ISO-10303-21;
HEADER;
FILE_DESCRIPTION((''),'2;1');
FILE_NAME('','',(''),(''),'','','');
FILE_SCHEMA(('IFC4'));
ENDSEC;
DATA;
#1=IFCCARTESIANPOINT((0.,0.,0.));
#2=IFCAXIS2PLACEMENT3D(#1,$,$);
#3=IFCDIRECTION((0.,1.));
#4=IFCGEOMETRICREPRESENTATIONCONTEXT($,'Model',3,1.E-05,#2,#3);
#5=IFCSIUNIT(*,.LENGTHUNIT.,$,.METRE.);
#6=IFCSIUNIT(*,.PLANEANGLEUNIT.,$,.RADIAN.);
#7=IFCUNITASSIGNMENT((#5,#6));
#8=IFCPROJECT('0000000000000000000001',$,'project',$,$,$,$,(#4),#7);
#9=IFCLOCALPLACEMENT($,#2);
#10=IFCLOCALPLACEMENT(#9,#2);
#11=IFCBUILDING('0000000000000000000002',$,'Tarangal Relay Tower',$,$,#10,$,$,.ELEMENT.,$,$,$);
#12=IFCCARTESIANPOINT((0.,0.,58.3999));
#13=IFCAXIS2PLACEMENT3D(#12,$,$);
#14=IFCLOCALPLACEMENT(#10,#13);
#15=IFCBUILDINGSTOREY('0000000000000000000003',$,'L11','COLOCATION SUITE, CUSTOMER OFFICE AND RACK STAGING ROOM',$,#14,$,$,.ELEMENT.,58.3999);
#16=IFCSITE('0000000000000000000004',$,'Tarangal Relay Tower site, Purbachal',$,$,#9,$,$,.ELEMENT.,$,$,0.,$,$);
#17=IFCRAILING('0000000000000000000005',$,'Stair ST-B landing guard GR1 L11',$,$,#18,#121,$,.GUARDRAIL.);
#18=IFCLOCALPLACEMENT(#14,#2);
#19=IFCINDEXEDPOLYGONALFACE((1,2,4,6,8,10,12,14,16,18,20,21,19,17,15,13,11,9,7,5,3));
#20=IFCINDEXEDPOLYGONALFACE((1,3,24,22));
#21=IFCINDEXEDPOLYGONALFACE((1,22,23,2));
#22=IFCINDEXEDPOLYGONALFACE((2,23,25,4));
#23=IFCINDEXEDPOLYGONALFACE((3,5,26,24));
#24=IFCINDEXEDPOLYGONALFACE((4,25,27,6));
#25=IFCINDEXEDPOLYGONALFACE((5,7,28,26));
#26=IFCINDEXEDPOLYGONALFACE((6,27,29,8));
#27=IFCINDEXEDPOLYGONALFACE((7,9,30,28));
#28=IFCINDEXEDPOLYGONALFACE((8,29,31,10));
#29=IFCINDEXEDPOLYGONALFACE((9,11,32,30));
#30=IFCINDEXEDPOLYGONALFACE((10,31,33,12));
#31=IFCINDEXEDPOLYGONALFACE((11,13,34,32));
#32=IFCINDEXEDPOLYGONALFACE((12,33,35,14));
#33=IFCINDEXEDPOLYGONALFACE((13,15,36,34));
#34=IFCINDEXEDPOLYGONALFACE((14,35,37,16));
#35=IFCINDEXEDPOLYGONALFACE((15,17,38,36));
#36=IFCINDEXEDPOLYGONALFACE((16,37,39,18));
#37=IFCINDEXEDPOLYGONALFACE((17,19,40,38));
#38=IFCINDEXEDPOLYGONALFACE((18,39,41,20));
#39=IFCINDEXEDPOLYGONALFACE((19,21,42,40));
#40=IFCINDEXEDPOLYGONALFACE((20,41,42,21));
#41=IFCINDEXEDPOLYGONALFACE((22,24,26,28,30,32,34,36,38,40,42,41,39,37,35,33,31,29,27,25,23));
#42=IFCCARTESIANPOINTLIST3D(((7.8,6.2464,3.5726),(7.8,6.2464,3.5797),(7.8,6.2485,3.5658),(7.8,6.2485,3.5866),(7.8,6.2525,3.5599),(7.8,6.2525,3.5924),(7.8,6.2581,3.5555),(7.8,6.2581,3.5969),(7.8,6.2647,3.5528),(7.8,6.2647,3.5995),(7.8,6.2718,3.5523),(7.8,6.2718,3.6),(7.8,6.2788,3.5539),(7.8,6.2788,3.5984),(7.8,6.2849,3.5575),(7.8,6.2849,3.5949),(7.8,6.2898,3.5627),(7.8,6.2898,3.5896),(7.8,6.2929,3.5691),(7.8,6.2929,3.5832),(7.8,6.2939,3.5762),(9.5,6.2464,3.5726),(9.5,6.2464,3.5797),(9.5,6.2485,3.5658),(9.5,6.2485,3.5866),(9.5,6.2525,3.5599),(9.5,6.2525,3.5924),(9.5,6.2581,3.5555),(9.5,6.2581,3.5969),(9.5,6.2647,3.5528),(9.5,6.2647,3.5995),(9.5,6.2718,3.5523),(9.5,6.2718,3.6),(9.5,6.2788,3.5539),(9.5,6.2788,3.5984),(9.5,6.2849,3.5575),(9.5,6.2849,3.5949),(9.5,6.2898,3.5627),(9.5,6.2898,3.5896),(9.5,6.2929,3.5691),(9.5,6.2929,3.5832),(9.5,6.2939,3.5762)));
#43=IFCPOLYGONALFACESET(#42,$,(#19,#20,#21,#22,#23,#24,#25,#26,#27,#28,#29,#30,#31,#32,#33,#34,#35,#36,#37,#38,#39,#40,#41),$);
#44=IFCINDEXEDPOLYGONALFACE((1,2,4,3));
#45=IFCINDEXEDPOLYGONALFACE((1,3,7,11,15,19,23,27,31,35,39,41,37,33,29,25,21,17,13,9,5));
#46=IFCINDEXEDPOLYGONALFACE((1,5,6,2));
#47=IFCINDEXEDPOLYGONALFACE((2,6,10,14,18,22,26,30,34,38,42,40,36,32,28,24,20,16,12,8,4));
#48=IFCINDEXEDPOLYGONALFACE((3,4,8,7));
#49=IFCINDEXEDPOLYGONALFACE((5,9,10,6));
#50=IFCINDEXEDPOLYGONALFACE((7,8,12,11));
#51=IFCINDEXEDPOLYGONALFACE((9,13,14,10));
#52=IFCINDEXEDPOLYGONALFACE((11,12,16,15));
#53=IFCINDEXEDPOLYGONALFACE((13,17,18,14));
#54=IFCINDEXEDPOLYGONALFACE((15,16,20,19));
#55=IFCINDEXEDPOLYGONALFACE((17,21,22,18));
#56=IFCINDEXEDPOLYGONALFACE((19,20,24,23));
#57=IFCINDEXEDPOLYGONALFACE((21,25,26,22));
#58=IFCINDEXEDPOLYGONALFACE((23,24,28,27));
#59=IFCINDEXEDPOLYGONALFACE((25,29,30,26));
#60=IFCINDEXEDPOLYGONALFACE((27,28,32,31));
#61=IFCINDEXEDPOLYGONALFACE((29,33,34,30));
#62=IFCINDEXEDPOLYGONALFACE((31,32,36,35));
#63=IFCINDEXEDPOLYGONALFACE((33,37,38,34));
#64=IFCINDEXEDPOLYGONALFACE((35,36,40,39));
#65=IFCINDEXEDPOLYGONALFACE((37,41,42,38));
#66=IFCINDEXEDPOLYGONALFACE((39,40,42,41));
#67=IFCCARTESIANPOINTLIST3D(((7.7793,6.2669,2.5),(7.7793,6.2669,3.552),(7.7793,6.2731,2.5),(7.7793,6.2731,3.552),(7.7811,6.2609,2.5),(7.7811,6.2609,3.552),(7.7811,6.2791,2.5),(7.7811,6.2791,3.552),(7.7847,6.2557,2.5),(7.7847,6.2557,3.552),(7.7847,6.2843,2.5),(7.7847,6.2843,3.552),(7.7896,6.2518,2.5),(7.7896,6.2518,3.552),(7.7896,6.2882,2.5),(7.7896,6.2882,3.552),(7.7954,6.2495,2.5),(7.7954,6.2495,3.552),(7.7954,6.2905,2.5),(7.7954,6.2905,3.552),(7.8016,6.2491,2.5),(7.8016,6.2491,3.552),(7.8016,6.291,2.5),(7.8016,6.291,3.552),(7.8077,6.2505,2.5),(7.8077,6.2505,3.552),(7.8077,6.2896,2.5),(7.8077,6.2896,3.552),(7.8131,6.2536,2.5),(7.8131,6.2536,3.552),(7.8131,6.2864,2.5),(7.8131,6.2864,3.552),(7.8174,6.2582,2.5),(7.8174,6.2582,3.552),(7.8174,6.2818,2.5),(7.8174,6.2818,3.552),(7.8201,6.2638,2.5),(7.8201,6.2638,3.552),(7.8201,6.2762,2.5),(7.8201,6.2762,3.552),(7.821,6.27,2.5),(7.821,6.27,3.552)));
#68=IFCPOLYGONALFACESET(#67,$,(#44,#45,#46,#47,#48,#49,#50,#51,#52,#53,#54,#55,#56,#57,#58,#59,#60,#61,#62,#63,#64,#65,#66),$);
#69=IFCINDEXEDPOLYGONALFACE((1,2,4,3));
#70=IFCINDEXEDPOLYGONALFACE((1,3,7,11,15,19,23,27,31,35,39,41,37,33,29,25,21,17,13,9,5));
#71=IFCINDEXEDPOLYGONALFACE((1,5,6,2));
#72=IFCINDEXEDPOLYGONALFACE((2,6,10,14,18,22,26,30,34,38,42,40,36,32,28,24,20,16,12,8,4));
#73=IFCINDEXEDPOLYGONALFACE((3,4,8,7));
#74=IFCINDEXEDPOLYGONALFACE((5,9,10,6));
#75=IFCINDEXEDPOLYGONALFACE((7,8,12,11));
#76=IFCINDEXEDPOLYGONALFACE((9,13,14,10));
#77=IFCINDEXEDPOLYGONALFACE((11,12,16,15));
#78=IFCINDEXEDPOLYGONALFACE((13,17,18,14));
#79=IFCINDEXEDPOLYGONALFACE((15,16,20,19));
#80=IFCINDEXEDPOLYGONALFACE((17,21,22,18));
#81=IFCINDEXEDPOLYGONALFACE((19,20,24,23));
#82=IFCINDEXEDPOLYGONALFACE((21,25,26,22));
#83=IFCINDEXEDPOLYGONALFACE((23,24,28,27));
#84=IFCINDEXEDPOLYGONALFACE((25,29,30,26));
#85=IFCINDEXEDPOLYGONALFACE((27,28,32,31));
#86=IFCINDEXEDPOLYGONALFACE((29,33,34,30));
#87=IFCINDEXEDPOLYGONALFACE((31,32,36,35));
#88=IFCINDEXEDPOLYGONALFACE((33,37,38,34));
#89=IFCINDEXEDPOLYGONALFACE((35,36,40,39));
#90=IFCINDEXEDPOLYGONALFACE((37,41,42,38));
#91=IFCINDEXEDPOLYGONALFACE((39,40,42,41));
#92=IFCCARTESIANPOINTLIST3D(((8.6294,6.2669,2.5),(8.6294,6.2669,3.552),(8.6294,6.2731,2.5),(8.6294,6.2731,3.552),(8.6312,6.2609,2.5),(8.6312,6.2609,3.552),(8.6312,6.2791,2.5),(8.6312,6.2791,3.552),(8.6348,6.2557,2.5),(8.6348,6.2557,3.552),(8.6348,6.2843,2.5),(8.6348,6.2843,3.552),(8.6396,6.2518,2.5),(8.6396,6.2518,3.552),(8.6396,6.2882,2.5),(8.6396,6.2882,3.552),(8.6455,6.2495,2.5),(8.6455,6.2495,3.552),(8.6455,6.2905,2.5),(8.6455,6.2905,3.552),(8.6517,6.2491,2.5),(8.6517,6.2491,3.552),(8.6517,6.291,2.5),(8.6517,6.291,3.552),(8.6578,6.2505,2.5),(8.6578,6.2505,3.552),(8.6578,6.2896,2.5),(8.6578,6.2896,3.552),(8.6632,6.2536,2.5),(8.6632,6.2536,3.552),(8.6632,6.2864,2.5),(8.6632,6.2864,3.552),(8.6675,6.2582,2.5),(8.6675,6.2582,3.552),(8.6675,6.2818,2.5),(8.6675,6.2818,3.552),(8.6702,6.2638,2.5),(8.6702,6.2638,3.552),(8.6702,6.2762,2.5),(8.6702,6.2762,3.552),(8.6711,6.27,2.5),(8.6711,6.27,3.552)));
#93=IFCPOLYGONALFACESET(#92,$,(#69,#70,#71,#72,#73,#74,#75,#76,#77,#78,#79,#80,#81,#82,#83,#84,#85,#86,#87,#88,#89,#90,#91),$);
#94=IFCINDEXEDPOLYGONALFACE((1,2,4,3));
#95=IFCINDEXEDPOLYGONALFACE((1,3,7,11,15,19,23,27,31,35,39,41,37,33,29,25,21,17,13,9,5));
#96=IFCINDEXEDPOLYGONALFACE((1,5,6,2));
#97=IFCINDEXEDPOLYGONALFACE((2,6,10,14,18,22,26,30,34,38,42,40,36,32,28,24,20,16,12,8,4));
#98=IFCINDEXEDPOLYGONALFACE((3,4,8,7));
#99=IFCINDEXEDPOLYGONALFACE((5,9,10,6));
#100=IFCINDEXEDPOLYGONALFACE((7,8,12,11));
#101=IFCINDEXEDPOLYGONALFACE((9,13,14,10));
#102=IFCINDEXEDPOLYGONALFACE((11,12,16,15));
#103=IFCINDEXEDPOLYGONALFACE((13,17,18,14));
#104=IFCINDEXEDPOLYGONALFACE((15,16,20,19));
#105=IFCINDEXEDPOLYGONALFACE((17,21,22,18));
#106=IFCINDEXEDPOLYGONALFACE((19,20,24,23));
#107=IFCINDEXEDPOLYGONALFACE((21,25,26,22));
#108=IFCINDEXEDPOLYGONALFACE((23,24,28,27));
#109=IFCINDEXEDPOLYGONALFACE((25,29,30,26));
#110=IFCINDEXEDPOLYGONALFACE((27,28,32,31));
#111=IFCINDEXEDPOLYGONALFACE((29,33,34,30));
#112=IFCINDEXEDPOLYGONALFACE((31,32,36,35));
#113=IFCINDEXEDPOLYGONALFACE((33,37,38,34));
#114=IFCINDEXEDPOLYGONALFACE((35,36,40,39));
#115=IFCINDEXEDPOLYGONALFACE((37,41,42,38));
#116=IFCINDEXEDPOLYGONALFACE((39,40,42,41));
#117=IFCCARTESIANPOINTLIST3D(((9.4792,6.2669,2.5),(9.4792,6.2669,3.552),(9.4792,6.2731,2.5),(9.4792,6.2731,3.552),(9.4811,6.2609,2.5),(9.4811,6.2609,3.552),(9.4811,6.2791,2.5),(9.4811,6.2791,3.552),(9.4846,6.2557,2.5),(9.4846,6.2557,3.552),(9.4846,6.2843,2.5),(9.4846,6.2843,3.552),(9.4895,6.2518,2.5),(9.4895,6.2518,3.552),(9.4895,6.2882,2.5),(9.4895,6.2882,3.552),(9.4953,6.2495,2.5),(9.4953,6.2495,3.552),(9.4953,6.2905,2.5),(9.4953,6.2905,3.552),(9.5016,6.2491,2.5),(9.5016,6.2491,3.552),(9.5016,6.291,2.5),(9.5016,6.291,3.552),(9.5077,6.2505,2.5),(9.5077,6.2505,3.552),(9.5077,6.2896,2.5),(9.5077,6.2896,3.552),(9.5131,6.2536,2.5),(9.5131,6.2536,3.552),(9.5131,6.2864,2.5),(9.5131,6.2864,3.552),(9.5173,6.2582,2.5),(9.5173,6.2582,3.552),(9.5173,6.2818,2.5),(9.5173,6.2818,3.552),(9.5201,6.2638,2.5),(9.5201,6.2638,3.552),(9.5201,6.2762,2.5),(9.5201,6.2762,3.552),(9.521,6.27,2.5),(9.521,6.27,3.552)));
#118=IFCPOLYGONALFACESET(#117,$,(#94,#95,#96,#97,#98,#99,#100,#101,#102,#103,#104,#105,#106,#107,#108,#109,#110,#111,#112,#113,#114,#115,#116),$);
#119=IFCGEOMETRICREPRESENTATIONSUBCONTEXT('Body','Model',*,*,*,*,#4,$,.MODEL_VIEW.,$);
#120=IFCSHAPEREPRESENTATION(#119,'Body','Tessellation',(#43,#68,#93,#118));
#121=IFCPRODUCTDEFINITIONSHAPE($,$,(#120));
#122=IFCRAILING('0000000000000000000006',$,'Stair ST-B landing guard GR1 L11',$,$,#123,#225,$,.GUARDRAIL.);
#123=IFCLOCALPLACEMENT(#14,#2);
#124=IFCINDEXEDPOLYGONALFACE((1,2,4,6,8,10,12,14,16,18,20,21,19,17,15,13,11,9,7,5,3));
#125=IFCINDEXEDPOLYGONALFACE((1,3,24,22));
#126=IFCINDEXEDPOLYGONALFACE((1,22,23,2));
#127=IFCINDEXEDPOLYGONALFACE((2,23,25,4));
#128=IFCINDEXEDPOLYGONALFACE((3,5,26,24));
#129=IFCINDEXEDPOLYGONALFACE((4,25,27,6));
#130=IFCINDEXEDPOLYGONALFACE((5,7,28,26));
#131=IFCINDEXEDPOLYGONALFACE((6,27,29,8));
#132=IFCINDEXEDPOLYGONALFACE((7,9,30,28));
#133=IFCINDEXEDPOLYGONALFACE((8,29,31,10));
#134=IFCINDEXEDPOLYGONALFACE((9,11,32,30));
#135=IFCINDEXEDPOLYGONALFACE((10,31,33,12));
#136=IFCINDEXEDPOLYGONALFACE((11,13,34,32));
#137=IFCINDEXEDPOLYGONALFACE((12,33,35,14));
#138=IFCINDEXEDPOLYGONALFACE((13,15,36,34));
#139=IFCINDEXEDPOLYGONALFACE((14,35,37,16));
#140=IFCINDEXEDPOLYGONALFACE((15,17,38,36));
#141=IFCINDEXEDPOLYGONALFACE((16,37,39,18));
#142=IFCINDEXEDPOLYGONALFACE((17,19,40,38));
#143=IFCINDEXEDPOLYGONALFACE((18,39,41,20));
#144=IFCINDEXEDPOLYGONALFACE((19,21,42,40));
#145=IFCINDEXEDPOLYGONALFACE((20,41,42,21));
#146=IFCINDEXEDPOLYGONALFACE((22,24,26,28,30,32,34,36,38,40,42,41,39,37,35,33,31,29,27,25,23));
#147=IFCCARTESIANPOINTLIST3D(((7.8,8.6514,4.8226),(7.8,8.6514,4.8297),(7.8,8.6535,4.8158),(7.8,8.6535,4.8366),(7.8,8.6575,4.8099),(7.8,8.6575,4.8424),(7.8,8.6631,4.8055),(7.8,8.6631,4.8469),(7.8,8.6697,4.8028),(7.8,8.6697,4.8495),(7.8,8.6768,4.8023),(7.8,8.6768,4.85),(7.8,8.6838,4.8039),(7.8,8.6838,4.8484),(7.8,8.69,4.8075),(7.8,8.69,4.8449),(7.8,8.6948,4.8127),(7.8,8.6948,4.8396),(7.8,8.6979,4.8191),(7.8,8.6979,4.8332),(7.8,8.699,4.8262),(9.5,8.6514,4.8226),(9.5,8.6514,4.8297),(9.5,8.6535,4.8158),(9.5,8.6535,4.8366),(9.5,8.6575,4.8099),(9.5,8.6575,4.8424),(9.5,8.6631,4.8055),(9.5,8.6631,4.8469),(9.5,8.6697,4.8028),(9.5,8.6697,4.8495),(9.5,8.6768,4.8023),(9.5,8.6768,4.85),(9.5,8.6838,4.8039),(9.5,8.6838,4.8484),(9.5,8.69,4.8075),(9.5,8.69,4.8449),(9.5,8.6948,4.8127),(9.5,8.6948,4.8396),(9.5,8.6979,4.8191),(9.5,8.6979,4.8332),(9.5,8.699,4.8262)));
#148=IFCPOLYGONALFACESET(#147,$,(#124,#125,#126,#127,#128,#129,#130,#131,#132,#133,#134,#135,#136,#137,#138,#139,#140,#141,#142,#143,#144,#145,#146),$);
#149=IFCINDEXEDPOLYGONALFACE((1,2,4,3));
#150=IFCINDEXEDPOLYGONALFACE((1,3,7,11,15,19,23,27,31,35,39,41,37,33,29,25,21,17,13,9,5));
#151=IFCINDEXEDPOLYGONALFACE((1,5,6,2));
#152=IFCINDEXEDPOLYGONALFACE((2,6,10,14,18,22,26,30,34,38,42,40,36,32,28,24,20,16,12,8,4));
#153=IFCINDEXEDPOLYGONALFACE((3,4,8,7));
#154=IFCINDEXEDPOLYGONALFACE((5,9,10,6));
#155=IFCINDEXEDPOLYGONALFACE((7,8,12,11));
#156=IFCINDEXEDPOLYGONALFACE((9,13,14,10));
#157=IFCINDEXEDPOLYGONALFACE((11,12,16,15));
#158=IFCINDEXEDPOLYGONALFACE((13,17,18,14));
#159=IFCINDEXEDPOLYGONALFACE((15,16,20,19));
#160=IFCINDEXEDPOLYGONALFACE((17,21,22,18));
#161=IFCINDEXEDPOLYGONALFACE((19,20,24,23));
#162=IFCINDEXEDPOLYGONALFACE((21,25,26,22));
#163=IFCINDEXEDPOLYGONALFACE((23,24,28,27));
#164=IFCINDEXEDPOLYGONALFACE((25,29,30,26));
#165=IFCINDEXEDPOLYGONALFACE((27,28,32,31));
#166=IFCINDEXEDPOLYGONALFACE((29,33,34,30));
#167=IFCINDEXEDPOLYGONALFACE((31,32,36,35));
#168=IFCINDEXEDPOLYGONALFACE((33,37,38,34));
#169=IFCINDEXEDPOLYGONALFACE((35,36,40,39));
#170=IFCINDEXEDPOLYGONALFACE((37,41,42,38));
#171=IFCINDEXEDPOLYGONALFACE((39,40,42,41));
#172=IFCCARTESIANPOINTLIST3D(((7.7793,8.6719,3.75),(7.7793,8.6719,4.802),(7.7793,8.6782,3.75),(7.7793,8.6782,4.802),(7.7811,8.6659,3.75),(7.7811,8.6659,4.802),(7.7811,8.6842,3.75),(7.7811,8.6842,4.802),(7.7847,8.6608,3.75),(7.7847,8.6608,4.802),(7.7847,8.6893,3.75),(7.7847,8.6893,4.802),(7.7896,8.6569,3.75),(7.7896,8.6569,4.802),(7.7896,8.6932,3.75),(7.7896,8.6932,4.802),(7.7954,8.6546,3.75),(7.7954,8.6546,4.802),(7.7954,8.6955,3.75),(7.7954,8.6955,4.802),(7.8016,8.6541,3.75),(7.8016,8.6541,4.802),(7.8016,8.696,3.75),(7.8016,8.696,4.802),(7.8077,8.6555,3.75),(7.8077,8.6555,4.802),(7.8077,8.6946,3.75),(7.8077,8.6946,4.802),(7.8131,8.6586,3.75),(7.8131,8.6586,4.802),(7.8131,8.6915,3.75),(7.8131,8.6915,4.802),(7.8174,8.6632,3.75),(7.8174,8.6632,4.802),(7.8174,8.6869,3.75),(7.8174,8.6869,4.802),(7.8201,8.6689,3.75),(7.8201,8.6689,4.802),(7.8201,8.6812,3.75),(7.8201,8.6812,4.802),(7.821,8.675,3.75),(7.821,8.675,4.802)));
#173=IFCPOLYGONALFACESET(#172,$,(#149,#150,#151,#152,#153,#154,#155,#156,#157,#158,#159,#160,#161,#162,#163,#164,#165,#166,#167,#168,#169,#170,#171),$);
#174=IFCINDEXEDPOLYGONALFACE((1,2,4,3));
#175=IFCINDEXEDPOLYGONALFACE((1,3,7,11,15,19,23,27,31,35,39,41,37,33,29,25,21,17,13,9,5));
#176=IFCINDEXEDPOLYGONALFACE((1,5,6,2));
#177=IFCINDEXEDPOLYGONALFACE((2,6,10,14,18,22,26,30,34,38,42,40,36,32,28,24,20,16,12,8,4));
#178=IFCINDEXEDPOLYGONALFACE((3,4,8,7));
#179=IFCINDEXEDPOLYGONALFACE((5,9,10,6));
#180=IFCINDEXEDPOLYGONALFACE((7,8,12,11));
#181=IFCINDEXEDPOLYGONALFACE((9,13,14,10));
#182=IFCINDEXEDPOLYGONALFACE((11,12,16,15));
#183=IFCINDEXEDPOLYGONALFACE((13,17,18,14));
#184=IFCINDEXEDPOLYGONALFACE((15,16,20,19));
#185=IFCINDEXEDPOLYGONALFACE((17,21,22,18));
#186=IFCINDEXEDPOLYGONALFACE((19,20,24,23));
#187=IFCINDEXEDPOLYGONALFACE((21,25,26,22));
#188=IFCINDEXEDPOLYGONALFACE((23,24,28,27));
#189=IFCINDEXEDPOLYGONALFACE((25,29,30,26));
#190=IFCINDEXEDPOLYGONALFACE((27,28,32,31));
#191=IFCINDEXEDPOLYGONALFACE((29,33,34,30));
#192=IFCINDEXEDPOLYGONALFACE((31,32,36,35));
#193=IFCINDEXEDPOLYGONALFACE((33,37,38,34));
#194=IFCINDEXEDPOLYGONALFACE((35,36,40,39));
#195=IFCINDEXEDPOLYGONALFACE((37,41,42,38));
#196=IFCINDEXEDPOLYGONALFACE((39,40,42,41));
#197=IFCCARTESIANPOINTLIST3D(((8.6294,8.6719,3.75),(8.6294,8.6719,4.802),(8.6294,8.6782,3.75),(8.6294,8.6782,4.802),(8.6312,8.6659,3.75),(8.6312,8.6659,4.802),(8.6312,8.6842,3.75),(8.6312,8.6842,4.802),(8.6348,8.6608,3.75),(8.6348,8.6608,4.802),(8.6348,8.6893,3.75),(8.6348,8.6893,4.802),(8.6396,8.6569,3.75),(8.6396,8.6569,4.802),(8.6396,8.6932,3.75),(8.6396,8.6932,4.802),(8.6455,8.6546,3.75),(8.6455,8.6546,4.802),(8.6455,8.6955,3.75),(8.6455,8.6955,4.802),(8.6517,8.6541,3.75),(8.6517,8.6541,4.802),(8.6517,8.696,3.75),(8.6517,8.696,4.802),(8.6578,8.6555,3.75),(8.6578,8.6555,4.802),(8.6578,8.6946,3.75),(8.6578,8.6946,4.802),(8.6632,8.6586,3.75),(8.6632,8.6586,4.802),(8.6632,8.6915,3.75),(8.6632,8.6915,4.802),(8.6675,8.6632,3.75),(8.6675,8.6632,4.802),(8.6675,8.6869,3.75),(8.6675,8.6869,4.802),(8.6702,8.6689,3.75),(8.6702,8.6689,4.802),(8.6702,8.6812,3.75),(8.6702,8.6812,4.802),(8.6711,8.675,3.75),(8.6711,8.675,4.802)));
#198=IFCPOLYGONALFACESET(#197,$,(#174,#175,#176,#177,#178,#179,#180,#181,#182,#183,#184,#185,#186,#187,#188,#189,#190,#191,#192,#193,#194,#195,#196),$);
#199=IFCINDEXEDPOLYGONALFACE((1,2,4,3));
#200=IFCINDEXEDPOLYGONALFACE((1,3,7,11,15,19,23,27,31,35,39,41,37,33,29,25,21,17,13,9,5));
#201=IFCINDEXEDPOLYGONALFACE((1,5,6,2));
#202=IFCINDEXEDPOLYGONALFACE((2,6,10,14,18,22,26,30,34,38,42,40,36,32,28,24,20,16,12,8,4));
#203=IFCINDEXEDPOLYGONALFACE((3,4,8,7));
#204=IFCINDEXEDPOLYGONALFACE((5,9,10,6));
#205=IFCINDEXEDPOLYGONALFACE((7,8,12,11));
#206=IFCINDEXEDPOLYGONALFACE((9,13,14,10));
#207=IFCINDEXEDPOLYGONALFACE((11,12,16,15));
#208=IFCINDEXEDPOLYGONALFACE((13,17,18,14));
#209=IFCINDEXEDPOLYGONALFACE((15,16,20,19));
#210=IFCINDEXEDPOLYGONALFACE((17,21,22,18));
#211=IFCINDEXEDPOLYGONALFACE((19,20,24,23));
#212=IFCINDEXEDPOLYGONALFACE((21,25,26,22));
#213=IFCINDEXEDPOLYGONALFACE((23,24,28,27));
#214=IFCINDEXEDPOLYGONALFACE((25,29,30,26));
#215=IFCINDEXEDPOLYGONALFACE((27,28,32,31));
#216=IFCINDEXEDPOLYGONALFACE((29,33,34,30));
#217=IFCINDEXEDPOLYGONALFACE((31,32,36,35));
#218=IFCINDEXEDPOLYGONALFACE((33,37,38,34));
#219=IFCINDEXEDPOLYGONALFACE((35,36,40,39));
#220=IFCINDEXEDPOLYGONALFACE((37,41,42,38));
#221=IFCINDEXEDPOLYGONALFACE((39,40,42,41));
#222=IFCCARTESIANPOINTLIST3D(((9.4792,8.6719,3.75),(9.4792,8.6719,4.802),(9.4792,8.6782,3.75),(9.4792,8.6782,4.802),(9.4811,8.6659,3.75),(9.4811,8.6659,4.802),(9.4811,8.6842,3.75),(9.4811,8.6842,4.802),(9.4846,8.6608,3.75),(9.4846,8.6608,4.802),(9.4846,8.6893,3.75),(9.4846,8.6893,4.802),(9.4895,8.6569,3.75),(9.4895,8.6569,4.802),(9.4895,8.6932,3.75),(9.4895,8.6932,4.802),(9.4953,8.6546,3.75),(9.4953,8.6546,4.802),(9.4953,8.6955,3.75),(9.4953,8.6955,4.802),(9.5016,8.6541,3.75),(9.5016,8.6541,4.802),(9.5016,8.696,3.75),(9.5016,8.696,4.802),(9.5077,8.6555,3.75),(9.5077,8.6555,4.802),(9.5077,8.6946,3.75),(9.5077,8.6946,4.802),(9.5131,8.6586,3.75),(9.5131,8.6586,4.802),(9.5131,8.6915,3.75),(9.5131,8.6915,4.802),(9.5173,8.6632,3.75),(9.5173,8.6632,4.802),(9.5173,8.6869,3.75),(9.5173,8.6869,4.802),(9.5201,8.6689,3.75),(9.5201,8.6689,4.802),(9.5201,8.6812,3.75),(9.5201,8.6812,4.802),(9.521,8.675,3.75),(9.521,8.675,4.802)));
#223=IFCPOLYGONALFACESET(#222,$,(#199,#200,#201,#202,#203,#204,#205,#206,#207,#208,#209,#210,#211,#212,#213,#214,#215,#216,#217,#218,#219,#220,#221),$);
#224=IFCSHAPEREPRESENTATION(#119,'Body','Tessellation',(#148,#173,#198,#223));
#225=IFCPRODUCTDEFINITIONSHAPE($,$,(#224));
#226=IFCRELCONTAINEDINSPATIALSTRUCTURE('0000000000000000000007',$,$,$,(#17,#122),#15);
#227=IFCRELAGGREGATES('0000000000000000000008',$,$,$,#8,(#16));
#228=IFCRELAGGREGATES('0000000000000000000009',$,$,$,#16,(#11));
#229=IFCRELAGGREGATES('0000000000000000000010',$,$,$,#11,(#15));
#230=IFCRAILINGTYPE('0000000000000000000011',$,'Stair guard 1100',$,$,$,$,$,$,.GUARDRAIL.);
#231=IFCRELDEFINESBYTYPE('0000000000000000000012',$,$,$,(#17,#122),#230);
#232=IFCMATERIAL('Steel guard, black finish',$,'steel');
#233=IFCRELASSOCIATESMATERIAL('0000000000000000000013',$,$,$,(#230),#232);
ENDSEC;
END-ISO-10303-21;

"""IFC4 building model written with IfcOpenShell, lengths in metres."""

from ifc_helpers import new_model, si_unit, direction, frame, origin, origin_2d, place, context, subcontext, project, spatial, circle, extrude, material, type_object, element, save


model = new_model("IFC4")

# Units and contexts
model_context = context("Model", 3, precision=1e-05, world=origin(), true_north=direction((0.0, 1.0)))
body_context = subcontext(model_context, "Body", "Model", "MODEL_VIEW")
ifc_project = project(units=[si_unit("LENGTHUNIT", "METRE"), si_unit("PLANEANGLEUNIT", "RADIAN")], contexts=[model_context])

# Site, building, storey
site_placement = place(None, origin())
site = spatial("IfcSite", under=ifc_project, at=site_placement, Name="Tarangal Relay Tower site, Purbachal", CompositionType="ELEMENT", RefElevation=0.0)
building_placement = place(site_placement, origin())
building = spatial("IfcBuilding", under=site, at=building_placement, Name="Tarangal Relay Tower", CompositionType="ELEMENT")
storey_placement = place(building_placement, frame((0.0, 0.0, 58.3999)))
storey = spatial("IfcBuildingStorey", under=building, at=storey_placement, Name="L11", Description="COLOCATION SUITE, CUSTOMER OFFICE AND RACK STAGING ROOM", CompositionType="ELEMENT", Elevation=58.3999)

# Railings
ifc_material_1 = material(Name="Steel guard, black finish", Category="steel")
railing_type_1 = type_object("IfcRailingType", Name="Stair guard 1100", PredefinedType="GUARDRAIL", material=ifc_material_1)
for number, where, name in (
    (1, (7.8, 6.27, 2.5), "Stair ST-B landing guard GR1 L11"),
    (2, (7.8, 8.675, 3.75), "Stair ST-B landing guard GR1 L11"),
):
    element("IfcRailing", number, at=place(storey_placement, frame(where)), inside=storey, type_object=railing_type_1, Name=name, PredefinedType="GUARDRAIL", context=body_context, shape_type="SweptSolid", body=[
        extrude(circle(Radius=0.0239, at=origin_2d()), frame((0.0, 0.0, 1.0762), z_axis=(1.0, 0.0, 0.0), x_axis=(0.0, 1.0, 0.0)), (0.0, 0.0, 1.0), 1.7),
        extrude(circle(Radius=0.021, at=origin_2d()), origin(), (0.0, 0.0, 1.0), 1.052),
        extrude(circle(Radius=0.021, at=origin_2d()), frame((0.8501, 0.0, 0.0)), (0.0, 0.0, 1.0), 1.052),
        extrude(circle(Radius=0.021, at=origin_2d()), frame((1.7, 0.0, 0.0)), (0.0, 0.0, 1.0), 1.052),
    ])

save(model, "model.ifc")
